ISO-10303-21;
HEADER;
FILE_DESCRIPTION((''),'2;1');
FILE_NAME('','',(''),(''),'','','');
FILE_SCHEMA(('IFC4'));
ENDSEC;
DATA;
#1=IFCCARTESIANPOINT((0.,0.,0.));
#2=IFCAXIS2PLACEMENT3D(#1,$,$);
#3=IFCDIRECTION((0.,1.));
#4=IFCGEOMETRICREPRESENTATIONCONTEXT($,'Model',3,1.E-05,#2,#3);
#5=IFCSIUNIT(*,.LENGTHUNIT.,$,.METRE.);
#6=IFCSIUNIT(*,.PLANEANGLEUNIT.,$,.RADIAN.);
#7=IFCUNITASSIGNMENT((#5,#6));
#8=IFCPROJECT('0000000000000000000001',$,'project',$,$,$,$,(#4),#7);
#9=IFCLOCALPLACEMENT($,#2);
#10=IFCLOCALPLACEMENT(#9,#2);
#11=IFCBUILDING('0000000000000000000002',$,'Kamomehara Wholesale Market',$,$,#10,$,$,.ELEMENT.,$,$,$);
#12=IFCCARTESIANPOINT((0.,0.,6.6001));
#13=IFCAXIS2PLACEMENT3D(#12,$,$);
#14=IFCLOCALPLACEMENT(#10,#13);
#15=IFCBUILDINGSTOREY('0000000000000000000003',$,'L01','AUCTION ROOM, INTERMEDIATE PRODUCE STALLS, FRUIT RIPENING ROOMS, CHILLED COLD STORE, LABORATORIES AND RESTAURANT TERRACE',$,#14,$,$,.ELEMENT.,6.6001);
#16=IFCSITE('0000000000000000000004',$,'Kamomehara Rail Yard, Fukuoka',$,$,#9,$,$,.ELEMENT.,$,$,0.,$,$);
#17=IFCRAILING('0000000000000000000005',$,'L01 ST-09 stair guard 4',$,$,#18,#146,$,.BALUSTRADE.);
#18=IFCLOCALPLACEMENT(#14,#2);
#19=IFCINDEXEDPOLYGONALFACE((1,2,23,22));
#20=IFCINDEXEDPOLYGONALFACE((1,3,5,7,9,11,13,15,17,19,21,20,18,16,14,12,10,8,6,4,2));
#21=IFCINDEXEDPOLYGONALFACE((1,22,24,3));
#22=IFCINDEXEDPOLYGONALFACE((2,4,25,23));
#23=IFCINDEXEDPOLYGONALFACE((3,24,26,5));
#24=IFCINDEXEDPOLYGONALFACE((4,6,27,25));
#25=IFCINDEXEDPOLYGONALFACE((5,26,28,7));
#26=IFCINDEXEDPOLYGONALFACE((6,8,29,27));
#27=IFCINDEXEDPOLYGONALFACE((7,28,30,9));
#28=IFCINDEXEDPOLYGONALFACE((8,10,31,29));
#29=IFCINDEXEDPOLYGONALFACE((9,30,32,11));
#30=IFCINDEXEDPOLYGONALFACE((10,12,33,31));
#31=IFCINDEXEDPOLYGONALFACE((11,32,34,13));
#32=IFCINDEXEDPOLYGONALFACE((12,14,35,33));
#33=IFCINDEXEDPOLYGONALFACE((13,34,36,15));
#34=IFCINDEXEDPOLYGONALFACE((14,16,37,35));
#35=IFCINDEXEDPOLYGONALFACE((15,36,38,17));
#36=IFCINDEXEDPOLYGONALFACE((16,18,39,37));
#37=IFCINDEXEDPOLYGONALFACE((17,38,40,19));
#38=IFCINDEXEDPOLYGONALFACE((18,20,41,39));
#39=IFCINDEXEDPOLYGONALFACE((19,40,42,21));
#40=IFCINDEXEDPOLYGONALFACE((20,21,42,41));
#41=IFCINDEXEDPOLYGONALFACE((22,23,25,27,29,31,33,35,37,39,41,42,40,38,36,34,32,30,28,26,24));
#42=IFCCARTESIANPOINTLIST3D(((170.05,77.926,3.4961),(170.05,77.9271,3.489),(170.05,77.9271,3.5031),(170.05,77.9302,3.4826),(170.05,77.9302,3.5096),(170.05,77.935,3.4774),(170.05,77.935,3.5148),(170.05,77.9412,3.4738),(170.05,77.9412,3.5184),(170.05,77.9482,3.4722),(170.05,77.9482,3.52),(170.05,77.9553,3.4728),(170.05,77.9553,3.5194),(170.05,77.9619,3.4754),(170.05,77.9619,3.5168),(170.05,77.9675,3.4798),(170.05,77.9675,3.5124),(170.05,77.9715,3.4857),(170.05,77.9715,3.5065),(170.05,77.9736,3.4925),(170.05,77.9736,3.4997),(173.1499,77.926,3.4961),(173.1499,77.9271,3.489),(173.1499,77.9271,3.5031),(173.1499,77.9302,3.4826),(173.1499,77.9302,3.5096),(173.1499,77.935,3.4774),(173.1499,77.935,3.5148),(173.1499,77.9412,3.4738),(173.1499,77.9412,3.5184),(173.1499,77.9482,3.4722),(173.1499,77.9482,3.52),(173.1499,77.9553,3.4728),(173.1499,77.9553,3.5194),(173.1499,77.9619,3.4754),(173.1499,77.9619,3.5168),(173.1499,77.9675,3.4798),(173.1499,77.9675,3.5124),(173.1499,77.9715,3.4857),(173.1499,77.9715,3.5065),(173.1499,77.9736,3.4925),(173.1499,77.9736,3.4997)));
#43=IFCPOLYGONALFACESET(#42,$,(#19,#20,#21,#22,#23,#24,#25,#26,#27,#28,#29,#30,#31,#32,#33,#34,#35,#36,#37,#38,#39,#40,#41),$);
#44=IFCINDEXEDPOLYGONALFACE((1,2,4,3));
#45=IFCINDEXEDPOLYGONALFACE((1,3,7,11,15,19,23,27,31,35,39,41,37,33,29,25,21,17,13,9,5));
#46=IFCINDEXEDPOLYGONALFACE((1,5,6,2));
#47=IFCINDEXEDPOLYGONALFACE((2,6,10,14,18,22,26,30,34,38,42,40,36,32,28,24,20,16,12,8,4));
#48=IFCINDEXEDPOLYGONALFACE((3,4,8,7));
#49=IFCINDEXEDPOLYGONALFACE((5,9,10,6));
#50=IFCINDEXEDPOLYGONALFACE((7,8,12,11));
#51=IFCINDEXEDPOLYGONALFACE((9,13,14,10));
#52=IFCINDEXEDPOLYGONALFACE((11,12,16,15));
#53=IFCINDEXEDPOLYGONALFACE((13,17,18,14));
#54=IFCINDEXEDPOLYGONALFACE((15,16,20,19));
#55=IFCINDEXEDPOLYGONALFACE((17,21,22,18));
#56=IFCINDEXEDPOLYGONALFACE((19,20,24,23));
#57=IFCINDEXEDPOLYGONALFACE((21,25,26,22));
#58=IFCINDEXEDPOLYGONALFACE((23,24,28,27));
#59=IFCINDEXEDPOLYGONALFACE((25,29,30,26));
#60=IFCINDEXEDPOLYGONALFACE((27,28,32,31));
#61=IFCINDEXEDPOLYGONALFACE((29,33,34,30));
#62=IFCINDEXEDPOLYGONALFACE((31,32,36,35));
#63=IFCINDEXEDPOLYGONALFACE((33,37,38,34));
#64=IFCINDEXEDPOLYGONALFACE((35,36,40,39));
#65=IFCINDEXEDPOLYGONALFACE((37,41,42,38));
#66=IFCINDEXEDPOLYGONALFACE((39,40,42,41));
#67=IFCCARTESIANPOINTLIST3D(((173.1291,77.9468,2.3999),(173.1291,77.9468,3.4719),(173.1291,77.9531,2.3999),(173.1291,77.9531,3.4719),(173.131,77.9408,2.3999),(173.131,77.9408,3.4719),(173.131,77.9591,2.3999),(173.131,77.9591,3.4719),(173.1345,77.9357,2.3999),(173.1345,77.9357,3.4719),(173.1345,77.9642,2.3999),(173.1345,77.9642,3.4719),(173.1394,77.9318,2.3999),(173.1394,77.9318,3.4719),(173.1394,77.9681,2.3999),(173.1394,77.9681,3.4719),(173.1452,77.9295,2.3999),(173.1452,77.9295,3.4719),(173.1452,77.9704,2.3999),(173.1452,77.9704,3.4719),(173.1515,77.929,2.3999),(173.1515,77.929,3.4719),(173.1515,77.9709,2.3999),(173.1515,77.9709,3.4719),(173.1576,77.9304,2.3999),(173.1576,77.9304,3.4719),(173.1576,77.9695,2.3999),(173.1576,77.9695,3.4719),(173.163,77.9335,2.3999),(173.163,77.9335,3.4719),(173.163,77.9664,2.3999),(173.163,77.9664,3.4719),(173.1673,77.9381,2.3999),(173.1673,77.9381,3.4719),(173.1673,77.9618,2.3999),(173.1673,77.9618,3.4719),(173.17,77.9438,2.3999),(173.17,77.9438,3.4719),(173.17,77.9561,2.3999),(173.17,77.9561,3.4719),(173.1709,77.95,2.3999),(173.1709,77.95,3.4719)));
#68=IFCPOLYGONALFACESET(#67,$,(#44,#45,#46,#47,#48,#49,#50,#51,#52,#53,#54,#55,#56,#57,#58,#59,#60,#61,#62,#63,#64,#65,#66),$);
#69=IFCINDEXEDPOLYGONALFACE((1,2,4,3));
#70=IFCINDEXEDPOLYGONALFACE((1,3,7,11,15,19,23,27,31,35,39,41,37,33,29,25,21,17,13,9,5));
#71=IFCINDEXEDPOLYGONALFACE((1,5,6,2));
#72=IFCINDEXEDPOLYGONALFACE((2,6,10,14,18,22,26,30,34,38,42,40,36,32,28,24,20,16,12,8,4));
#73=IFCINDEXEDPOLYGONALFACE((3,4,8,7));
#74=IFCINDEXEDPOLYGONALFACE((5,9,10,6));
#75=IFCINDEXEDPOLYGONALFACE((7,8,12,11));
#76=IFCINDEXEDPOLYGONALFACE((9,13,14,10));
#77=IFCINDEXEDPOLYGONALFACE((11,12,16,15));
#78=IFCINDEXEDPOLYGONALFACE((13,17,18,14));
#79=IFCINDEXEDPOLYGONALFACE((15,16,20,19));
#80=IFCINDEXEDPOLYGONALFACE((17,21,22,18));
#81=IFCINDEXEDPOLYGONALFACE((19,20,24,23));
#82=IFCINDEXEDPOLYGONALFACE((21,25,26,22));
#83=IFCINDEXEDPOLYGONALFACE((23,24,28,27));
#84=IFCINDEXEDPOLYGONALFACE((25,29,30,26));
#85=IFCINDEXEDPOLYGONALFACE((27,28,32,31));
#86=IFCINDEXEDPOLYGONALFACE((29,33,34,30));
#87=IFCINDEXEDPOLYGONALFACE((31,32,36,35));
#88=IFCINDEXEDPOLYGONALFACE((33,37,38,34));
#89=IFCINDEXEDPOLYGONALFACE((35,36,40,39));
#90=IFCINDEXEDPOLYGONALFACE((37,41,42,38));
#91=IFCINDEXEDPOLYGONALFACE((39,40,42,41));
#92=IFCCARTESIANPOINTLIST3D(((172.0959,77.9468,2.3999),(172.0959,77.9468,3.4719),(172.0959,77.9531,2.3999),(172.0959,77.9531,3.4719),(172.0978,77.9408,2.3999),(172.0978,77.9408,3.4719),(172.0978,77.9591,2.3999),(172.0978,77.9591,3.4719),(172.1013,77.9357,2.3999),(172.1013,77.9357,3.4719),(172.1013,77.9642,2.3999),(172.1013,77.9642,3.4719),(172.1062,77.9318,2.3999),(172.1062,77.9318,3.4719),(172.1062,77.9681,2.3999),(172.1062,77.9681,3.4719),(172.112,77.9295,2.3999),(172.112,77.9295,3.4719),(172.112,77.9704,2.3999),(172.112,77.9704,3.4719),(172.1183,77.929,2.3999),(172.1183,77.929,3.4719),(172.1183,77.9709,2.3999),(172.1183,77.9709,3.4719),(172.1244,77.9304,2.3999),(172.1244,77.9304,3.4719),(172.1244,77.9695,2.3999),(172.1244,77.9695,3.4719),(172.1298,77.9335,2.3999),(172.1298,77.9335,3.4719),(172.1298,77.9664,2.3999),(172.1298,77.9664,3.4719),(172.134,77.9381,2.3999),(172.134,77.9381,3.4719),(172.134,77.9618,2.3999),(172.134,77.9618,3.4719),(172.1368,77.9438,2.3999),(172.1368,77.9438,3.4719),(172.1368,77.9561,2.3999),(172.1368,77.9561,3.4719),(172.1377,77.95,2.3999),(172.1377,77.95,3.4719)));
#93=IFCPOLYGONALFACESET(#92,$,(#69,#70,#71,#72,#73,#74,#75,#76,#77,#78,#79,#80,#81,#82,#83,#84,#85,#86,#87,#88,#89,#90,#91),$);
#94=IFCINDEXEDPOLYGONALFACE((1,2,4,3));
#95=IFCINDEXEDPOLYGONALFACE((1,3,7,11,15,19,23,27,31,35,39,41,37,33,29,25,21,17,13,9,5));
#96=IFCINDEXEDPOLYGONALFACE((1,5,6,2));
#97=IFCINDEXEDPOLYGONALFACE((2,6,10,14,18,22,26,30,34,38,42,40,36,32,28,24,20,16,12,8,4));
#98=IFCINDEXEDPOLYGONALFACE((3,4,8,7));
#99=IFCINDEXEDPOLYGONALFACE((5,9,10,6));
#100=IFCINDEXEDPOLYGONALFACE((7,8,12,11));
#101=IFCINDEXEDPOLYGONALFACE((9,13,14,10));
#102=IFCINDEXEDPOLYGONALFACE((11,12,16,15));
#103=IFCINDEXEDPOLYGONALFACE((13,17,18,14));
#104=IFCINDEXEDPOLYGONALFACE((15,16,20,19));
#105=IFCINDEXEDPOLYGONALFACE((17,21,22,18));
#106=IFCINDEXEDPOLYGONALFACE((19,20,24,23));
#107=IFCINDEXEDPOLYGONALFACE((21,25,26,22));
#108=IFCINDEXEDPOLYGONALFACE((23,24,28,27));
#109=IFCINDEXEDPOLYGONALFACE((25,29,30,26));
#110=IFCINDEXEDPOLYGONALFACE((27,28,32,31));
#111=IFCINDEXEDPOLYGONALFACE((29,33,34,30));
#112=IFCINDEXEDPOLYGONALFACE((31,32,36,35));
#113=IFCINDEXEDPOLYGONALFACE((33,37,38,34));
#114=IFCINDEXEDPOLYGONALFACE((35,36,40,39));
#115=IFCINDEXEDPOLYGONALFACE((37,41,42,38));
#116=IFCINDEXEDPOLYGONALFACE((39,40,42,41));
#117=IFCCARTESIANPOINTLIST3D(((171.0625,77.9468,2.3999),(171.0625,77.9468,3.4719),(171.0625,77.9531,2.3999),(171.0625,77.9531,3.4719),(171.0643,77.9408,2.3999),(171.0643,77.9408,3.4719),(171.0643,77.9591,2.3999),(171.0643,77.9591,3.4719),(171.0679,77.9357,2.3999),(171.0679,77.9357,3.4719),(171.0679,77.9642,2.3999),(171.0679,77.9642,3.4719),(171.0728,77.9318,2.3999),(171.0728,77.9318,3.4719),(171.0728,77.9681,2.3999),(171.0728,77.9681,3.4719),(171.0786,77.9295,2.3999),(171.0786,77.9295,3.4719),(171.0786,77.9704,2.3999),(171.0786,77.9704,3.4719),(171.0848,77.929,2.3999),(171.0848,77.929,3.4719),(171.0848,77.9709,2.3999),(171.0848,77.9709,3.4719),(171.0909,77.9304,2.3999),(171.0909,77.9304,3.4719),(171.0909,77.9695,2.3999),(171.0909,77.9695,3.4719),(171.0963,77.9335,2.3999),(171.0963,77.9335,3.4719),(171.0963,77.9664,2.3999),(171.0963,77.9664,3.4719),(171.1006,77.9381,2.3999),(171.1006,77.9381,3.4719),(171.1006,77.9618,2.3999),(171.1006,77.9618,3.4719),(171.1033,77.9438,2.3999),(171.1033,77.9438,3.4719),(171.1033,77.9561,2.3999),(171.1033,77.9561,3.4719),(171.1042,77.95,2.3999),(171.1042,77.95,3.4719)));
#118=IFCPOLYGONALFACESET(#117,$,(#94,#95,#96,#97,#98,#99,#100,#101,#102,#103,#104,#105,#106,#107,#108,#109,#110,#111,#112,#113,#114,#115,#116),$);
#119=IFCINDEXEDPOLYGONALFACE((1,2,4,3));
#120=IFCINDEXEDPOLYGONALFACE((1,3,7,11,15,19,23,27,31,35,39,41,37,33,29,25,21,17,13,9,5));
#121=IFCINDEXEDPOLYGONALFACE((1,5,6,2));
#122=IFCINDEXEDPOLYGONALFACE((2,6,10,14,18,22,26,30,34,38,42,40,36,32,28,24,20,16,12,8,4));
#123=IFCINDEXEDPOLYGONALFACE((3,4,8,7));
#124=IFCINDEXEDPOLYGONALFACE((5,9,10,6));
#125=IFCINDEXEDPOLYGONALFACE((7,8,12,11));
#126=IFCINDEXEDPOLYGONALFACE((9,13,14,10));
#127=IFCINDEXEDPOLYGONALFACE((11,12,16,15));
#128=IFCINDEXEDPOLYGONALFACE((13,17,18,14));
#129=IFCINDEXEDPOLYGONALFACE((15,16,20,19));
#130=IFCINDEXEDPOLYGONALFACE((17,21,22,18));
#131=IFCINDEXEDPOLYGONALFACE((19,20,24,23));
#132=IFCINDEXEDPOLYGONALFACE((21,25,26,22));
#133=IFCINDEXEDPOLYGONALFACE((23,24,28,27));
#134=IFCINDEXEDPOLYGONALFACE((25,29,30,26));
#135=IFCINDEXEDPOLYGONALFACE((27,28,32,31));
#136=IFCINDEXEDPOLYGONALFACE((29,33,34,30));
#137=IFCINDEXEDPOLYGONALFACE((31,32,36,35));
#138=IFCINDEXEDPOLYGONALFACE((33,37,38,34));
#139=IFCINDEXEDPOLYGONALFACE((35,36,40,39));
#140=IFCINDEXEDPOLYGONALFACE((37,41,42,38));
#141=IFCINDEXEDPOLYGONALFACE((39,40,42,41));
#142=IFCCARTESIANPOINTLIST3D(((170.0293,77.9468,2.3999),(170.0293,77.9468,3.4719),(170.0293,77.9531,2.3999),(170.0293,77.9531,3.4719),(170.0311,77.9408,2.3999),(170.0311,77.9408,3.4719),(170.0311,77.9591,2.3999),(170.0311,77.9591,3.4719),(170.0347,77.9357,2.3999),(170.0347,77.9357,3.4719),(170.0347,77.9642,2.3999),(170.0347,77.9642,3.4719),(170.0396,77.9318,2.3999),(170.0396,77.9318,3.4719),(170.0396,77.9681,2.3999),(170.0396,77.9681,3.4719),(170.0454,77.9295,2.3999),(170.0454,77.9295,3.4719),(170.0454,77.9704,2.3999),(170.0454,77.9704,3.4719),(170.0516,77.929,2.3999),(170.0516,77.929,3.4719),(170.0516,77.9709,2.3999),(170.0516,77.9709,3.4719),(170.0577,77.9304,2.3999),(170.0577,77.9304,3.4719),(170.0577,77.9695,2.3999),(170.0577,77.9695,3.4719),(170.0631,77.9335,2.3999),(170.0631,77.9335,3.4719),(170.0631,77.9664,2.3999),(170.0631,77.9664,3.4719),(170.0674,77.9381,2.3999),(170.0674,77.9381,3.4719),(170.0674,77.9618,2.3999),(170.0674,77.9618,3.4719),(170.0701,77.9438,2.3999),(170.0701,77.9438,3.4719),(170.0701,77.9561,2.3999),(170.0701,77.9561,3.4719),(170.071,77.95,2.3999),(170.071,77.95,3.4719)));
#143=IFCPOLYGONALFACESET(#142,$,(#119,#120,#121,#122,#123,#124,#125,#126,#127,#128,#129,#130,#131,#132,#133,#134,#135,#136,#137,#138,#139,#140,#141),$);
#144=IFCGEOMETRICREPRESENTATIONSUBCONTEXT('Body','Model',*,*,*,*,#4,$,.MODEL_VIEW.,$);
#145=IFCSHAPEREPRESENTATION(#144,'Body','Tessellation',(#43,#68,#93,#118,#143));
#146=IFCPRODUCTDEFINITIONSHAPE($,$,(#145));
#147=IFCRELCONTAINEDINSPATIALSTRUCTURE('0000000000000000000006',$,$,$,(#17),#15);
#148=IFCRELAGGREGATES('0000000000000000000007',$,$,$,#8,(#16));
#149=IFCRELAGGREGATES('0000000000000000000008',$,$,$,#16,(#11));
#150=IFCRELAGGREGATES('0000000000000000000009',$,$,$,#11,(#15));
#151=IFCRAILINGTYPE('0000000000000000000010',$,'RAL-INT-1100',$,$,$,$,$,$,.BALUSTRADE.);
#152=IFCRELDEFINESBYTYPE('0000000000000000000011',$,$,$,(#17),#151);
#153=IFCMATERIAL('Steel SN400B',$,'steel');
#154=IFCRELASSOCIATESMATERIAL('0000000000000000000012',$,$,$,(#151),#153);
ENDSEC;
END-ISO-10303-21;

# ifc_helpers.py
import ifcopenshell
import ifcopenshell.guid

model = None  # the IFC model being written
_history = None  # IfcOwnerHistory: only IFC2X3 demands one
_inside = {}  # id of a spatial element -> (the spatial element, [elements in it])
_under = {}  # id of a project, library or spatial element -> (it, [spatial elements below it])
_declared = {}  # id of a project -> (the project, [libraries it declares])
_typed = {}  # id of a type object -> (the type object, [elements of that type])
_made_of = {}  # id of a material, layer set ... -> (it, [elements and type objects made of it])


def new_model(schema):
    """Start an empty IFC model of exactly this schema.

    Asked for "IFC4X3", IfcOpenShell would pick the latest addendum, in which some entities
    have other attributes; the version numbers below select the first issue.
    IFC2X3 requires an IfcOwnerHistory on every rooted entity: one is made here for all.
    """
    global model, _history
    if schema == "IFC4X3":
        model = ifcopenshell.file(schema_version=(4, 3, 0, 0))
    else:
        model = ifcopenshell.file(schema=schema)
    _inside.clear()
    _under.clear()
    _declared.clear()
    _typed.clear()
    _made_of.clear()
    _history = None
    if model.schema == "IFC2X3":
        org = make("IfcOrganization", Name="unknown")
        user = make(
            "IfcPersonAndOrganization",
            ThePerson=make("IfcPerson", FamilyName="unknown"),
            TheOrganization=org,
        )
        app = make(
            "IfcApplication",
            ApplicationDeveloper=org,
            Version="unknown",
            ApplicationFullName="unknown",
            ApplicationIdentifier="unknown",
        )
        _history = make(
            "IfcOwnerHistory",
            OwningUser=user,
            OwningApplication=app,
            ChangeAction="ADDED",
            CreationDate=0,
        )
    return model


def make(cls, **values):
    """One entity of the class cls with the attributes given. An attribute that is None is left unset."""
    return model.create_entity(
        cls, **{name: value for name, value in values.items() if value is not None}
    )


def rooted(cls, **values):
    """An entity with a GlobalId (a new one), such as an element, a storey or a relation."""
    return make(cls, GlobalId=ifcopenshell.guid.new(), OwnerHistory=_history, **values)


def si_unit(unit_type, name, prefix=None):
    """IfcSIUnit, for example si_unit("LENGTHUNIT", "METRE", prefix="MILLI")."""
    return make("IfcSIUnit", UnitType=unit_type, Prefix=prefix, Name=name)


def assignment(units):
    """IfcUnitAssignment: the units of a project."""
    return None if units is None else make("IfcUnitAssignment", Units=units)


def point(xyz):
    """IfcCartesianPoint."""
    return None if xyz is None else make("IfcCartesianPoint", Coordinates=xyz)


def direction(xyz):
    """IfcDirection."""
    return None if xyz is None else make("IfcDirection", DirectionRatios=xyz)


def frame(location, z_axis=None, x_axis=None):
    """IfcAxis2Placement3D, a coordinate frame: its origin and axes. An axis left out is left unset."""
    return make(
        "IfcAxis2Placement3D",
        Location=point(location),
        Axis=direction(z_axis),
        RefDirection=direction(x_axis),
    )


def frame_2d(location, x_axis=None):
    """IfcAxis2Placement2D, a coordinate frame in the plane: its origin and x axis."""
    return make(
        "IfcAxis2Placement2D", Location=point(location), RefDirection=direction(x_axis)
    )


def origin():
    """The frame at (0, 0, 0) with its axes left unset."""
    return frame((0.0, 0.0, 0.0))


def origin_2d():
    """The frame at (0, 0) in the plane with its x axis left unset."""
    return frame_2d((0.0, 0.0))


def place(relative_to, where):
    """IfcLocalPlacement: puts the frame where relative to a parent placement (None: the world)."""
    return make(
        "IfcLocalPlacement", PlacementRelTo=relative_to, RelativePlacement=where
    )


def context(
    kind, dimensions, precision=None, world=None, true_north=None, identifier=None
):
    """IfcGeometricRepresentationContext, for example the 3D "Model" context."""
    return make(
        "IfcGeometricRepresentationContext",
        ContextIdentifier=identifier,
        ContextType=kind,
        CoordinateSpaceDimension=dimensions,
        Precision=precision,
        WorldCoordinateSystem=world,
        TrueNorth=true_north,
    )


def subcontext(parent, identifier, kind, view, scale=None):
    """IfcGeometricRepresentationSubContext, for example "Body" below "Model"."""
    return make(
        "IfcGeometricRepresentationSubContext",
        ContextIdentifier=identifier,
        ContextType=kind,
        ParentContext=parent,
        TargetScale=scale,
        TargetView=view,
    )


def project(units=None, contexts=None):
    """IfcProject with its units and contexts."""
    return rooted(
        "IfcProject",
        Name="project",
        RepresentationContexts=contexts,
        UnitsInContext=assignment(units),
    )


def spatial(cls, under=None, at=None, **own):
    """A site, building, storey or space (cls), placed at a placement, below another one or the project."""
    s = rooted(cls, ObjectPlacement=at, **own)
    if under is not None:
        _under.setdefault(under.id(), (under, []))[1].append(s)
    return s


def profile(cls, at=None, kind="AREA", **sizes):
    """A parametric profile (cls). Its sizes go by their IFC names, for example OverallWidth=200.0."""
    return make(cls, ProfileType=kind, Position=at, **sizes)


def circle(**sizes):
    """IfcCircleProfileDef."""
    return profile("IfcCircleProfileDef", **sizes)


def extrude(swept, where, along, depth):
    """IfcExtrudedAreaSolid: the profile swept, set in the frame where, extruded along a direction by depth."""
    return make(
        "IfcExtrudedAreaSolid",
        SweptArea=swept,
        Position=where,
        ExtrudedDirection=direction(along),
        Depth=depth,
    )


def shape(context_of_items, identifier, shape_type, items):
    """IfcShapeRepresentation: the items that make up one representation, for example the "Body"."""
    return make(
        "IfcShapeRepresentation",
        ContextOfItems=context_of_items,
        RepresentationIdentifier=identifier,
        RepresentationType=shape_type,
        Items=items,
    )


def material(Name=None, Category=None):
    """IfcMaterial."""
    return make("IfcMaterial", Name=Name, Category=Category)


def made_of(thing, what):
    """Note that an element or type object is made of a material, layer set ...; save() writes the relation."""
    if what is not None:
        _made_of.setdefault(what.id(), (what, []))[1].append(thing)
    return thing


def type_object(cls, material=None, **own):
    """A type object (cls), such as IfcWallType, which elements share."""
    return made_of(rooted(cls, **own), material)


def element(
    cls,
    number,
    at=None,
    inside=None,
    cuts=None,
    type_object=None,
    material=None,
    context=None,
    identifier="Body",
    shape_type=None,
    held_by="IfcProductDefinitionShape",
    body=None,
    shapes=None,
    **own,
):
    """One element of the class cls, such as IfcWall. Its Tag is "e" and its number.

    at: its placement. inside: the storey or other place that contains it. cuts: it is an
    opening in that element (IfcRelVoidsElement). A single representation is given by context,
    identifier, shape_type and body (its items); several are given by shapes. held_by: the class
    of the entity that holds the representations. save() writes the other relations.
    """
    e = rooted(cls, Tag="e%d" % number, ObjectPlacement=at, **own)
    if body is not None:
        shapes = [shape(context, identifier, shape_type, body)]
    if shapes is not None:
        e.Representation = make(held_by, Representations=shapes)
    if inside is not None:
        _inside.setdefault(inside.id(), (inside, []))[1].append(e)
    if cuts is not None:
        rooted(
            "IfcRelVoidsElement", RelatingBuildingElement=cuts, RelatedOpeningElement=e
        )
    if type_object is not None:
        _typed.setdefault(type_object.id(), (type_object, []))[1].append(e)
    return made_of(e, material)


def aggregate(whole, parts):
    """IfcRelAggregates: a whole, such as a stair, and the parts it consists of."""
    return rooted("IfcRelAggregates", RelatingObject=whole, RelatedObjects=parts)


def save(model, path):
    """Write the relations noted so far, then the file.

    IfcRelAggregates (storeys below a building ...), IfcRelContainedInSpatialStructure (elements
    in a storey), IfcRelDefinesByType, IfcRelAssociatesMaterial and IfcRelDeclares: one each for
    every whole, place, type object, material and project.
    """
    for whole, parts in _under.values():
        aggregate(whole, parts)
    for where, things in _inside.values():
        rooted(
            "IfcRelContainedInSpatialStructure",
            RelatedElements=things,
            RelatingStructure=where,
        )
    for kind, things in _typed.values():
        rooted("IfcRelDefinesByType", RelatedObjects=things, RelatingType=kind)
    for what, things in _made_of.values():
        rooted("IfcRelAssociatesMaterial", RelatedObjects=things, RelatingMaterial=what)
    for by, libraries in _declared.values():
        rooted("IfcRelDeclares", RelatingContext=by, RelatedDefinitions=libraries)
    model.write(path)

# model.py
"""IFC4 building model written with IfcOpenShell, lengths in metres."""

from ifc_helpers import new_model, si_unit, direction, frame, origin, origin_2d, place, context, subcontext, project, spatial, circle, extrude, material, type_object, element, save


model = new_model("IFC4")

# Units and contexts
model_context = context("Model", 3, precision=1e-05, world=origin(), true_north=direction((0.0, 1.0)))
body_context = subcontext(model_context, "Body", "Model", "MODEL_VIEW")
ifc_project = project(units=[si_unit("LENGTHUNIT", "METRE"), si_unit("PLANEANGLEUNIT", "RADIAN")], contexts=[model_context])

# Site, building, storey
site_placement = place(None, origin())
site = spatial("IfcSite", under=ifc_project, at=site_placement, Name="Kamomehara Rail Yard, Fukuoka", CompositionType="ELEMENT", RefElevation=0.0)
building_placement = place(site_placement, origin())
building = spatial("IfcBuilding", under=site, at=building_placement, Name="Kamomehara Wholesale Market", CompositionType="ELEMENT")
storey_placement = place(building_placement, frame((0.0, 0.0, 6.6001)))
storey = spatial("IfcBuildingStorey", under=building, at=storey_placement, Name="L01", Description="AUCTION ROOM, INTERMEDIATE PRODUCE STALLS, FRUIT RIPENING ROOMS, CHILLED COLD STORE, LABORATORIES AND RESTAURANT TERRACE", CompositionType="ELEMENT", Elevation=6.6001)

# Railing
ifc_material_1 = material(Name="Steel SN400B", Category="steel")
railing_type_1 = type_object("IfcRailingType", Name="RAL-INT-1100", PredefinedType="BALUSTRADE", material=ifc_material_1)
for number, where, name in (
    (1, (173.1499, 77.95, 2.3999), "L01 ST-09 stair guard 4"),
):
    element("IfcRailing", number, at=place(storey_placement, frame(where)), inside=storey, type_object=railing_type_1, Name=name, PredefinedType="BALUSTRADE", context=body_context, shape_type="SweptSolid", body=[
        extrude(circle(Radius=0.0239, at=origin_2d()), frame((0.0, 0.0, 1.0962), z_axis=(-1.0, 0.0, 0.0), x_axis=(0.0, -1.0, 0.0)), (0.0, 0.0, 1.0), 3.0999),
        extrude(circle(Radius=0.021, at=origin_2d()), origin(), (0.0, 0.0, 1.0), 1.072),
        extrude(circle(Radius=0.021, at=origin_2d()), frame((-1.0332, 0.0, 0.0)), (0.0, 0.0, 1.0), 1.072),
        extrude(circle(Radius=0.021, at=origin_2d()), frame((-2.0667, 0.0, 0.0)), (0.0, 0.0, 1.0), 1.072),
        extrude(circle(Radius=0.021, at=origin_2d()), frame((-3.0999, 0.0, 0.0)), (0.0, 0.0, 1.0), 1.072),
    ])

save(model, "model.ifc")
